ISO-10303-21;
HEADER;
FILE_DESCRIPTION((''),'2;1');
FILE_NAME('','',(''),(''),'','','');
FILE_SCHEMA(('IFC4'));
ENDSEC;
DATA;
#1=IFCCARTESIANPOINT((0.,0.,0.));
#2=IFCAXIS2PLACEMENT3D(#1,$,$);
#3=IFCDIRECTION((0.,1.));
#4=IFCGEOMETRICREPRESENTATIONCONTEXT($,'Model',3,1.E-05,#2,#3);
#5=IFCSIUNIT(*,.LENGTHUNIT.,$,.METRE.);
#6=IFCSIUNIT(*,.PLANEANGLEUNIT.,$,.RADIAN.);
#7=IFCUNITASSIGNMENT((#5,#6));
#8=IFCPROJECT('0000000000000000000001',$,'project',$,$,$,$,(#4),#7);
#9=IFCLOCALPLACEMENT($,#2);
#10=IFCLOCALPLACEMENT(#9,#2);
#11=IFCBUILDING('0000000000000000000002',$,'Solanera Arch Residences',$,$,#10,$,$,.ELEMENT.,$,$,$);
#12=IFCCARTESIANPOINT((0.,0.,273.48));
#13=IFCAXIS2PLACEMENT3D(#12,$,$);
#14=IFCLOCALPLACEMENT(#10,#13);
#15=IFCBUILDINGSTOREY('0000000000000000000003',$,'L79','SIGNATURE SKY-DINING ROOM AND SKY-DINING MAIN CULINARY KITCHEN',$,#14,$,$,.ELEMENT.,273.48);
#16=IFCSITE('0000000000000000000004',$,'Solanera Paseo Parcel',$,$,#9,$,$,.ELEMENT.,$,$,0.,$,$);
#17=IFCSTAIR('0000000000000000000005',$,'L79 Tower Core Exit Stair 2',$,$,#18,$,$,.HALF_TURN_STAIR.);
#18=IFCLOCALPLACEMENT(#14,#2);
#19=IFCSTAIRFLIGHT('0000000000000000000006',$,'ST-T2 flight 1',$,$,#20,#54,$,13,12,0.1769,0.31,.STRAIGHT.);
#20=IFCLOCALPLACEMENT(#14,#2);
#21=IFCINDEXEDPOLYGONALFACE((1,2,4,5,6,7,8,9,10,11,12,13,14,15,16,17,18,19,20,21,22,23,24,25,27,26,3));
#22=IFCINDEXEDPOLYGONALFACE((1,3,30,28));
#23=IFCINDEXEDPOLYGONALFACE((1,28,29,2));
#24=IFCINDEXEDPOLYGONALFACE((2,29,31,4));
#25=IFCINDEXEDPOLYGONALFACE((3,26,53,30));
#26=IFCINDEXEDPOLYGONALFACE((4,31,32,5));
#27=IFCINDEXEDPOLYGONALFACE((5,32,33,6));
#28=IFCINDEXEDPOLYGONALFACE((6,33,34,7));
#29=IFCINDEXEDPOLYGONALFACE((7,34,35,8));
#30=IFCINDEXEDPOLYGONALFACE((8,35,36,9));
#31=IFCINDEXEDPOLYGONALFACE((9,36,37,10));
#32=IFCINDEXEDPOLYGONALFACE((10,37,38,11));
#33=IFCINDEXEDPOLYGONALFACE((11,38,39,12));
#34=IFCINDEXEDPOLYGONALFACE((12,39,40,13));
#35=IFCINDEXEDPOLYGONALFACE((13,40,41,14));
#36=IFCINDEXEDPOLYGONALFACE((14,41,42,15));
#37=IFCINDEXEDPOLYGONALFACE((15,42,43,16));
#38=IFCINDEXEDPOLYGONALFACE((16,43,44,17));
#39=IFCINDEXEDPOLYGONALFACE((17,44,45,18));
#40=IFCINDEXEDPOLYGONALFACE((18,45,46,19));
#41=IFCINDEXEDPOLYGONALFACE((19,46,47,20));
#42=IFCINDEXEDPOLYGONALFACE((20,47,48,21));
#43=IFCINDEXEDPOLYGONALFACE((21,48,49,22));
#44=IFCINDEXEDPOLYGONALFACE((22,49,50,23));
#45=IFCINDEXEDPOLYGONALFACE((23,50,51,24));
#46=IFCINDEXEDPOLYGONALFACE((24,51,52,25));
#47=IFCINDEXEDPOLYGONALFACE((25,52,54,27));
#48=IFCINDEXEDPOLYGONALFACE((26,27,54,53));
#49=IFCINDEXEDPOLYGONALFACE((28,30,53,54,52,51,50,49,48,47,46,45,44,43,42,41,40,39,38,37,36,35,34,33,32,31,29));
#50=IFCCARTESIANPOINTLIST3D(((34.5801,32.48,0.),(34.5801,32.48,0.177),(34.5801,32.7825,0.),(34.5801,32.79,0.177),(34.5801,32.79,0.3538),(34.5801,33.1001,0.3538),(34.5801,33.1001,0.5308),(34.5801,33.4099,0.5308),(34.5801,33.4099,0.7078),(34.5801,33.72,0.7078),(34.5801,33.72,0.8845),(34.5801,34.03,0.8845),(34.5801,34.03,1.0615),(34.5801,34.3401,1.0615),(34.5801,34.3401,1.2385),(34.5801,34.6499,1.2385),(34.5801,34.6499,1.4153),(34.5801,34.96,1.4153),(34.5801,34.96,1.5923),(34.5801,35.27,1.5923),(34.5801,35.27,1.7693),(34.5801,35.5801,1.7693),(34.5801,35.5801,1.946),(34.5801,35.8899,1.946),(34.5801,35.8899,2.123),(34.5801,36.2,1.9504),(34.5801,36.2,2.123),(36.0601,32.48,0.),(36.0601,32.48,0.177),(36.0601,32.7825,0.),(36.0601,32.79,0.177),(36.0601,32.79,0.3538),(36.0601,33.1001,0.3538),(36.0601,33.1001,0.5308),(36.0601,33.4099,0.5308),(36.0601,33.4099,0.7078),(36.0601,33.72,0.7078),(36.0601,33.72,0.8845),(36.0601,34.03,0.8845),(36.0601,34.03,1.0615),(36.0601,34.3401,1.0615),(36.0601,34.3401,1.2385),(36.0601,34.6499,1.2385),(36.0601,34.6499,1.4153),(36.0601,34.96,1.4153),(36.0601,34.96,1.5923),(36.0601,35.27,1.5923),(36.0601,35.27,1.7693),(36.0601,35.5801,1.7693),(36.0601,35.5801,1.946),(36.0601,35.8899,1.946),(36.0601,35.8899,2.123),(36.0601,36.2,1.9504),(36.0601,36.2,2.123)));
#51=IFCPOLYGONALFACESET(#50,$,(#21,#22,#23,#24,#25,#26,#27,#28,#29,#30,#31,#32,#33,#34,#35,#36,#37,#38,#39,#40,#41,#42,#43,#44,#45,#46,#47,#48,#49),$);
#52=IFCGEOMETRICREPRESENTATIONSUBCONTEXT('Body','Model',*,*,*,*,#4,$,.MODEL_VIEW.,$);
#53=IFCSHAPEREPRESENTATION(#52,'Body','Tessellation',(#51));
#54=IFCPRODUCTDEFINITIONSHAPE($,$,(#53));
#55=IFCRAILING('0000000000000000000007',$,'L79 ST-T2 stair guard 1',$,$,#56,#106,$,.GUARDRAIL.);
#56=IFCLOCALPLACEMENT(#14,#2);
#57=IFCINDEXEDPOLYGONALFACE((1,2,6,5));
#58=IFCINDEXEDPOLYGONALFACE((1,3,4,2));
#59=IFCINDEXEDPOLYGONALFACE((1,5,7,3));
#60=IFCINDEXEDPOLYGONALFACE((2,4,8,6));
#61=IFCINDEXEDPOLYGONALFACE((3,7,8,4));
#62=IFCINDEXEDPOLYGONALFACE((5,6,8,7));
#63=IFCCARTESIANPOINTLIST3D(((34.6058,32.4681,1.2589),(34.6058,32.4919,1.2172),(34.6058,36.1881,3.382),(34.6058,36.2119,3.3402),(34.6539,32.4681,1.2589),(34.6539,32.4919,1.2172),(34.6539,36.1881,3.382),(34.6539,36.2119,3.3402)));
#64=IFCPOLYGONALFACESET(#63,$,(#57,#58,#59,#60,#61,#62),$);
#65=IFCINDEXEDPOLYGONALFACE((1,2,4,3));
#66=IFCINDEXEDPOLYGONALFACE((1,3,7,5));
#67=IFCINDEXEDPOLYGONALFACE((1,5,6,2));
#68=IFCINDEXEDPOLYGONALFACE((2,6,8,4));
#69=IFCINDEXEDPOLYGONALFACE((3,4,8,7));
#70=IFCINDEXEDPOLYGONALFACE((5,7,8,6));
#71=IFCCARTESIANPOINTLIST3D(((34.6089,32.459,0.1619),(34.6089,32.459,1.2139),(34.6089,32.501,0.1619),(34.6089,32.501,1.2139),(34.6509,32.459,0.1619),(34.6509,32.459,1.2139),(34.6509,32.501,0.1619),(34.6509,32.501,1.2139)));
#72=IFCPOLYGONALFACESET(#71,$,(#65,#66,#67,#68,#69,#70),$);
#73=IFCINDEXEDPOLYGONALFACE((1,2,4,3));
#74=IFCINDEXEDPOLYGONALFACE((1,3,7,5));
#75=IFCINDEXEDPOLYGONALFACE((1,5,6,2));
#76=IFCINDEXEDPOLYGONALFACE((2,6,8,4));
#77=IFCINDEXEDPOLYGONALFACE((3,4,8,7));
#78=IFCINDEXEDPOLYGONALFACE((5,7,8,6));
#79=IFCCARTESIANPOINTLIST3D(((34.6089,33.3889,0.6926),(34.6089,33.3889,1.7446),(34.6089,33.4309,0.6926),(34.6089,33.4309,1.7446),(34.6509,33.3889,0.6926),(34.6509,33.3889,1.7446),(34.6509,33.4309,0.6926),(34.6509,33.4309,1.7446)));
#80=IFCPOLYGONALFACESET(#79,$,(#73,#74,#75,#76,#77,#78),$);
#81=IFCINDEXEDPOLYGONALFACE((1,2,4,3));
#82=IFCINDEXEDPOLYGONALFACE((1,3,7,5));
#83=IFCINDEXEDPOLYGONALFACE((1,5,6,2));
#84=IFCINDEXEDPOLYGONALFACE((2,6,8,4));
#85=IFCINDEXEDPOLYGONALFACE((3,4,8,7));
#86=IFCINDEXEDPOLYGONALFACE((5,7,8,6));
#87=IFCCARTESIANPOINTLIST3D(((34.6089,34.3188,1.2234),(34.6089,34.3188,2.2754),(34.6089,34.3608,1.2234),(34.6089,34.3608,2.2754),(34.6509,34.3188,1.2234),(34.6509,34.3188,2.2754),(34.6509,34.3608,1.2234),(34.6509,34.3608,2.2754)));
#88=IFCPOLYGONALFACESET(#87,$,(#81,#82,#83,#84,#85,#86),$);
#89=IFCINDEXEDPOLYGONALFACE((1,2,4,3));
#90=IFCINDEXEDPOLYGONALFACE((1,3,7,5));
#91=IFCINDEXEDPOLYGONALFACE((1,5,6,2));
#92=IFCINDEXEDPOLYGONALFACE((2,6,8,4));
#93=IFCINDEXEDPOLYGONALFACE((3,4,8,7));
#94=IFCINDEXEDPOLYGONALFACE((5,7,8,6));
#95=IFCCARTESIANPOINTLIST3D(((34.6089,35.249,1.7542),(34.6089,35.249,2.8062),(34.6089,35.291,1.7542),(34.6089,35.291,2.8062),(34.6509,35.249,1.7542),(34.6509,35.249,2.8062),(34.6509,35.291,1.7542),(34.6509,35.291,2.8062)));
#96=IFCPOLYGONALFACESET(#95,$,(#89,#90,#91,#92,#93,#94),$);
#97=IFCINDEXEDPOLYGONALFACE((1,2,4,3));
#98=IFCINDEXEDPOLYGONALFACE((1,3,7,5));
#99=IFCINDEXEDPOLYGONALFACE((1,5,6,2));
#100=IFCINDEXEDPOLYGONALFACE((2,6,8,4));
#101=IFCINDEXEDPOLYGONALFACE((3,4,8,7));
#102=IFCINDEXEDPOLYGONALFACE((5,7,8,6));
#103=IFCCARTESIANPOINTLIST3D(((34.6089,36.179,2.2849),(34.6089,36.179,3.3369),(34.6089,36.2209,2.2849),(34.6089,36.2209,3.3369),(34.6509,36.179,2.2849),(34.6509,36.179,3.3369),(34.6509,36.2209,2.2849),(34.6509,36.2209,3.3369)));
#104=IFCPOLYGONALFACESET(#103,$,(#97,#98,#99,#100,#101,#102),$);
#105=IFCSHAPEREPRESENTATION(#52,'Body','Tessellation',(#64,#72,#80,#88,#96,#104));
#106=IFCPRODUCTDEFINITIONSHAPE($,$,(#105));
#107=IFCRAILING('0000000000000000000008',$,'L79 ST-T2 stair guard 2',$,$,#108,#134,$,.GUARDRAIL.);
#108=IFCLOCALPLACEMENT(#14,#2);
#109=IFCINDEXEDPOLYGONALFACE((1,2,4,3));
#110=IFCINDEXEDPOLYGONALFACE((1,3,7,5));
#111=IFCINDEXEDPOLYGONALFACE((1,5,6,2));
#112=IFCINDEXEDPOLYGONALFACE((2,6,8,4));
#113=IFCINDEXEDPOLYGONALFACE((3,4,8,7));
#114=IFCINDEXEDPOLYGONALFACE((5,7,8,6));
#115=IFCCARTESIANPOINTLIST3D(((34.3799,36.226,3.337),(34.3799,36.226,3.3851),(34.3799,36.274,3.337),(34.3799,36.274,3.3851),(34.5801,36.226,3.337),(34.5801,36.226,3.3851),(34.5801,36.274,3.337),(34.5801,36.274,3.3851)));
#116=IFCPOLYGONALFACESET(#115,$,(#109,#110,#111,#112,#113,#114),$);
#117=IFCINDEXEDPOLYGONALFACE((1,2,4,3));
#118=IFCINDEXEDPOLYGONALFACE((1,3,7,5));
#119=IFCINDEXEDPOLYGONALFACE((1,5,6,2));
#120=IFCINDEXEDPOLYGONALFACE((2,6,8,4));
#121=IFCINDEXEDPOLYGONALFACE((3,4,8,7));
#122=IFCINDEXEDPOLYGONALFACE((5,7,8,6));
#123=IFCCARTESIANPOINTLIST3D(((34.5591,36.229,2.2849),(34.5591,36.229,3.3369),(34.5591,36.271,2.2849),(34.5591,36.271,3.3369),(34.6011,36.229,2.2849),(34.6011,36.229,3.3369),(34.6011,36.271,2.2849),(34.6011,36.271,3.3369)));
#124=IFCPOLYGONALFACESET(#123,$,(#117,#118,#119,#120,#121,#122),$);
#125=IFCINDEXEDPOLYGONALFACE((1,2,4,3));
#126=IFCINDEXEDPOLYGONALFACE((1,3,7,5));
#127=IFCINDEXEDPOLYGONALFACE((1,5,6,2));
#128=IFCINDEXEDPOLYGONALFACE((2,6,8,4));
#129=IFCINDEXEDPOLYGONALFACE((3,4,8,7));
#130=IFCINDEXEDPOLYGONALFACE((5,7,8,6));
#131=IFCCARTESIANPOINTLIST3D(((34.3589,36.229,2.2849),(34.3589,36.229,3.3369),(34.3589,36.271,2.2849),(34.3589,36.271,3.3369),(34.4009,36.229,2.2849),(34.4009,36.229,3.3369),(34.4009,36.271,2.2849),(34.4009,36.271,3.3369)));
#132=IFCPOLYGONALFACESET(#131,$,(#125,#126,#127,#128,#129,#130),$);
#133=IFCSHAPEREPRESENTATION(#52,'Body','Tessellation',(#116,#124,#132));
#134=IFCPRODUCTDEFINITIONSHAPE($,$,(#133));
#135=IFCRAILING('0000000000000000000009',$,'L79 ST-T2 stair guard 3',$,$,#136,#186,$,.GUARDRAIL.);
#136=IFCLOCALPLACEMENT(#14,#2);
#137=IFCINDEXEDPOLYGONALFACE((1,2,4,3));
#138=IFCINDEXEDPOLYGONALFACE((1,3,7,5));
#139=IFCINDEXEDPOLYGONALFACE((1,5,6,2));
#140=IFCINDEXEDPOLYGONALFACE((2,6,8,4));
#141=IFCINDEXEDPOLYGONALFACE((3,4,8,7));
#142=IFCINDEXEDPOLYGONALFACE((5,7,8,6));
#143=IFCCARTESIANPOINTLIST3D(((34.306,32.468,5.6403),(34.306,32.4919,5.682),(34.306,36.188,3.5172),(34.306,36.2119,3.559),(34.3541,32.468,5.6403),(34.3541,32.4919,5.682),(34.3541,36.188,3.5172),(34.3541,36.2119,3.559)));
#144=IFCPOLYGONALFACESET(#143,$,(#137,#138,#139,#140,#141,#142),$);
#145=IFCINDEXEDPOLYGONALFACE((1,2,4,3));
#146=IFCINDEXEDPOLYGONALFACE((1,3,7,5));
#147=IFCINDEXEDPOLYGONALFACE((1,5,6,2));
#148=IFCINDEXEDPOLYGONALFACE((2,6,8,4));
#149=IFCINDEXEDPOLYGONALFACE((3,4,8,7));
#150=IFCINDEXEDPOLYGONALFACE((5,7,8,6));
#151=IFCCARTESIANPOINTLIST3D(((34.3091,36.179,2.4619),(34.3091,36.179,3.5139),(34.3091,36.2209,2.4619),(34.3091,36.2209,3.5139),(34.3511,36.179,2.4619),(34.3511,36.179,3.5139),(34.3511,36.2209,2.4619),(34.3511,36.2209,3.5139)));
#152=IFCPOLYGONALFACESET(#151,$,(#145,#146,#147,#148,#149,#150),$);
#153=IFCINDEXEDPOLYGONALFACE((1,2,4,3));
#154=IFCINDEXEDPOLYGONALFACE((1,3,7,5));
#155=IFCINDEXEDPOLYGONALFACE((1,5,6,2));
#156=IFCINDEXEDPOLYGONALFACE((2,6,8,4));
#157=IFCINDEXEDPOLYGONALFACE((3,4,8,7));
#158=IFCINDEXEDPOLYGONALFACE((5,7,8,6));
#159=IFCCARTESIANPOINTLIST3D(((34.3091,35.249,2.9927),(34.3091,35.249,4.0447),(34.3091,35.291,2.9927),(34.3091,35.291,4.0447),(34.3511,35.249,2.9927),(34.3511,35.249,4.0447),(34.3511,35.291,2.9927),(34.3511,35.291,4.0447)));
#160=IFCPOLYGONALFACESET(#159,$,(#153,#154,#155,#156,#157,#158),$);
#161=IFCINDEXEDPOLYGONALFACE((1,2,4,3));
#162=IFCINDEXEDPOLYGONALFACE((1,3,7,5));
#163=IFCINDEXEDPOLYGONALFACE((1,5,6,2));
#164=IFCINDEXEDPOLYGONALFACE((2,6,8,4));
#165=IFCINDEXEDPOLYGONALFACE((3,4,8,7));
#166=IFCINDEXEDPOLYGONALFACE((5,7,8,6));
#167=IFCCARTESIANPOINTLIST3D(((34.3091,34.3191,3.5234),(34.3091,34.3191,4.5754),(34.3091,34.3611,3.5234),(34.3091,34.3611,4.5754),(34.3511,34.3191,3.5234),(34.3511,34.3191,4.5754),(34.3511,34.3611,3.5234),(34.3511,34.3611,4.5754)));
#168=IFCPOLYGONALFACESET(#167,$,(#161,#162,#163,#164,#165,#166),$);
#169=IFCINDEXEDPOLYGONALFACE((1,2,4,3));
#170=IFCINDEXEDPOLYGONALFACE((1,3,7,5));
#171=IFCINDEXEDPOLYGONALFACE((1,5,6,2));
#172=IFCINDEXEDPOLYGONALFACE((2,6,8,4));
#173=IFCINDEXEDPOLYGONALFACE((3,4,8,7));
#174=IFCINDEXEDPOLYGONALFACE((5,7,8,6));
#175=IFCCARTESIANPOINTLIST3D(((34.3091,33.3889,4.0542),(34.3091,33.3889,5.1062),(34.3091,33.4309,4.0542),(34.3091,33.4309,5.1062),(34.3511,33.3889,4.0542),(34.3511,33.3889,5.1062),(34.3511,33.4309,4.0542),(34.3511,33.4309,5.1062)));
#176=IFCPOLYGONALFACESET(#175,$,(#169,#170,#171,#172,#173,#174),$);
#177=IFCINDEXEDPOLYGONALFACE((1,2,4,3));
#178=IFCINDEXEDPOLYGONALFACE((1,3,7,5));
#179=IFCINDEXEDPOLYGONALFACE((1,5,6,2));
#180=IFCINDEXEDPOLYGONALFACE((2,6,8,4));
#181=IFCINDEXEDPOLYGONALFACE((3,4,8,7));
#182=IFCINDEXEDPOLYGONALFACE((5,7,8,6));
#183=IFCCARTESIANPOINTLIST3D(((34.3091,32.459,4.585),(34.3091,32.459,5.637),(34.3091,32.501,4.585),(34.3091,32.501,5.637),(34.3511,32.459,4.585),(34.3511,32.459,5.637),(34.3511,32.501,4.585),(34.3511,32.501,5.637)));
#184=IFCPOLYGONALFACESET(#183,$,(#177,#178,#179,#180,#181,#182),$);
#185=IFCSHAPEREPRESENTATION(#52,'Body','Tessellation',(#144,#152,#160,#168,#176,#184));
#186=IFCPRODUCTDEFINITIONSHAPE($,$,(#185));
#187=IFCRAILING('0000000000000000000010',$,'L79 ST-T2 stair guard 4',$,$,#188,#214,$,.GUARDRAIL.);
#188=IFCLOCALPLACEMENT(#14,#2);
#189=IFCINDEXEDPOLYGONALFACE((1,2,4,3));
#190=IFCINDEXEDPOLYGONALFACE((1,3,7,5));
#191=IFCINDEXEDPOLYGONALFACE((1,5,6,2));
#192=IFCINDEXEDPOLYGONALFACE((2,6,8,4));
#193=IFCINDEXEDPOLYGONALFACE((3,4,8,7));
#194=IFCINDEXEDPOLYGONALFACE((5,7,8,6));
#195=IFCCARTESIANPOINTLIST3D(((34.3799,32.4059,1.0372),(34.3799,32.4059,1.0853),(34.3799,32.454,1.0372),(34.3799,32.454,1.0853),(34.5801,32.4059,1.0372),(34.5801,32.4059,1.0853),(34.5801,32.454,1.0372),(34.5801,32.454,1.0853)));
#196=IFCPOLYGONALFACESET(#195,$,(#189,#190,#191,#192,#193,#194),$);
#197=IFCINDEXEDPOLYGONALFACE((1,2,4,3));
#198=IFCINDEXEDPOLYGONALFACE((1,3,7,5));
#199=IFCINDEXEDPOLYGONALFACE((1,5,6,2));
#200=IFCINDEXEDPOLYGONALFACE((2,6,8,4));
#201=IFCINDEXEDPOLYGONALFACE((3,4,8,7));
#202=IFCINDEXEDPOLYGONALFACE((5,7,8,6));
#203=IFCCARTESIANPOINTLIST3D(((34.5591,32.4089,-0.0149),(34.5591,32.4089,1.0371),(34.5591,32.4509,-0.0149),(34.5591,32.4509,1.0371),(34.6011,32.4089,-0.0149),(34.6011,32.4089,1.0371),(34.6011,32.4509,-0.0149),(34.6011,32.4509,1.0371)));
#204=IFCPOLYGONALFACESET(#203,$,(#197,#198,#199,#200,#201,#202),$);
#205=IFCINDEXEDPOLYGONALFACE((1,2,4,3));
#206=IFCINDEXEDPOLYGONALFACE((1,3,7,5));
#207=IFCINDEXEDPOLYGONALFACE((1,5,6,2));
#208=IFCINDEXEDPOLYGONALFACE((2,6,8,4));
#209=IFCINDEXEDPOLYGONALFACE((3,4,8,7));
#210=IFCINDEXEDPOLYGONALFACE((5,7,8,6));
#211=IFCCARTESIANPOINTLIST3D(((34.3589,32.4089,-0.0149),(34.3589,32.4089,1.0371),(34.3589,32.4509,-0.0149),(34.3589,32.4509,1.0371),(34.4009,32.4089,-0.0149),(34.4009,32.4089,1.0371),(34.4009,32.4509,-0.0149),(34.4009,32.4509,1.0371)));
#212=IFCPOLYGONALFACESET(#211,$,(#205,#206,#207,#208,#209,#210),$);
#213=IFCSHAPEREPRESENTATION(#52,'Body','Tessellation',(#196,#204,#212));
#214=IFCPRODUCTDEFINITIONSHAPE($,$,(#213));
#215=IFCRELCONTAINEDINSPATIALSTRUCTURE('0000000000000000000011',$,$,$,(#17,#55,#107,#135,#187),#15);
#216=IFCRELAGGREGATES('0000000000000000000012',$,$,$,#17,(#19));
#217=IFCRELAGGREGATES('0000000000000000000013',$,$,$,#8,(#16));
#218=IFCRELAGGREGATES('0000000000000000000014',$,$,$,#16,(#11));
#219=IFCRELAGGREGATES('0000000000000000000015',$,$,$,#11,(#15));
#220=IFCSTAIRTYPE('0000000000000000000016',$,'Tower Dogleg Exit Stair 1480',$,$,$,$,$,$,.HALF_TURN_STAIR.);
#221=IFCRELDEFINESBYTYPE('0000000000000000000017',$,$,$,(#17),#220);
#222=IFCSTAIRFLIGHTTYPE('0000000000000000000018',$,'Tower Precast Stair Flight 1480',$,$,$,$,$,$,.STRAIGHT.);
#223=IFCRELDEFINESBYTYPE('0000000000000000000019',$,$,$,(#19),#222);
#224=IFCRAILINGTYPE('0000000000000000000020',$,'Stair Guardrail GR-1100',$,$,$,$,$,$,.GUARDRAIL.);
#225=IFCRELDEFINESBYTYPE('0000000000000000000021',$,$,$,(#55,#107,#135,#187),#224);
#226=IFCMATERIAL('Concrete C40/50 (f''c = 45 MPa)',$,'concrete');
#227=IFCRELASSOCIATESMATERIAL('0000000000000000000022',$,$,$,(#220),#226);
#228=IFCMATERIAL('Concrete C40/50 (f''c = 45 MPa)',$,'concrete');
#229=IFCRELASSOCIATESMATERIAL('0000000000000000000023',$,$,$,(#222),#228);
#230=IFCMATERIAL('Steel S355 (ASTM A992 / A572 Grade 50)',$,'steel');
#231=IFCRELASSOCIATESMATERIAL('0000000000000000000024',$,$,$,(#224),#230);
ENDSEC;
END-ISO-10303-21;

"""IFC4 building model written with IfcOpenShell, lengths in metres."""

from ifc_helpers import new_model, si_unit, direction, frame, origin, origin_2d, place, context, subcontext, project, spatial, polyline, rectangle, outline, extrude, material, type_object, element, aggregate, save


model = new_model("IFC4")

# Units and contexts
model_context = context("Model", 3, precision=1e-05, world=origin(), true_north=direction((0.0, 1.0)))
body_context = subcontext(model_context, "Body", "Model", "MODEL_VIEW")
ifc_project = project(units=[si_unit("LENGTHUNIT", "METRE"), si_unit("PLANEANGLEUNIT", "RADIAN")], contexts=[model_context])

# Site, building, storey
site_placement = place(None, origin())
site = spatial("IfcSite", under=ifc_project, at=site_placement, Name="Solanera Paseo Parcel", CompositionType="ELEMENT", RefElevation=0.0)
building_placement = place(site_placement, origin())
building = spatial("IfcBuilding", under=site, at=building_placement, Name="Solanera Arch Residences", CompositionType="ELEMENT")
storey_placement = place(building_placement, frame((0.0, 0.0, 273.48)))
storey = spatial("IfcBuildingStorey", under=building, at=storey_placement, Name="L79", Description="SIGNATURE SKY-DINING ROOM AND SKY-DINING MAIN CULINARY KITCHEN", CompositionType="ELEMENT", Elevation=273.48)

# Stair, stair flight
ifc_material_1 = material(Name="Concrete C40/50 (f'c = 45 MPa)", Category="concrete")
stair_type = type_object("IfcStairType", Name="Tower Dogleg Exit Stair 1480", PredefinedType="HALF_TURN_STAIR", material=ifc_material_1)
stair_placement = place(storey_placement, origin())
stair = element("IfcStair", 1, at=stair_placement, inside=storey, type_object=stair_type, Name="L79 Tower Core Exit Stair 2", PredefinedType="HALF_TURN_STAIR")
ifc_material_2 = material(Name="Concrete C40/50 (f'c = 45 MPa)", Category="concrete")
stair_flight_type = type_object("IfcStairFlightType", Name="Tower Precast Stair Flight 1480", PredefinedType="STRAIGHT", material=ifc_material_2)
stair_flight_placement = place(storey_placement, frame((35.3201, 32.48, 0.0), z_axis=(0.0, 0.0, 1.0), x_axis=(0.0, 1.0, 0.0)))
stair_flight = element("IfcStairFlight", 2, at=stair_flight_placement, type_object=stair_flight_type, Name="ST-T2 flight 1", NumberOfRisers=13, NumberOfTreads=12, PredefinedType="STRAIGHT", RiserHeight=0.1769, TreadLength=0.31, context=body_context, shape_type="SweptSolid", body=[
    extrude(outline(polyline([(0.0, 0.0), (0.0, 0.177), (0.3101, 0.177), (0.3101, 0.3538), (0.6201, 0.3538), (0.6201, 0.5308), (0.9299, 0.5308), (0.9299, 0.7078), (1.24, 0.7078), (1.24, 0.8845), (1.55, 0.8845), (1.55, 1.0615), (1.8601, 1.0615), (1.8601, 1.2385), (2.1699, 1.2385), (2.1699, 1.4153), (2.48, 1.4153), (2.48, 1.5923), (2.79, 1.5923), (2.79, 1.7693), (3.1001, 1.7693), (3.1001, 1.946), (3.4099, 1.946), (3.4099, 2.123), (3.72, 2.123), (3.72, 2.3), (3.72, 1.9504), (0.3025, 0.0), (0.0, 0.0)])), frame((0.0, 0.74, 0.0), z_axis=(0.0, -1.0, 0.0), x_axis=(1.0, 0.0, 0.0)), (0.0, 0.0, 1.0), 1.48),
])
aggregate(stair, [stair_flight])

# Railings
ifc_material_3 = material(Name="Steel S355 (ASTM A992 / A572 Grade 50)", Category="steel")
railing_type_1 = type_object("IfcRailingType", Name="Stair Guardrail GR-1100", PredefinedType="GUARDRAIL", material=ifc_material_3)
railing_1_placement = place(storey_placement, frame((34.6299, 32.48, 0.1619)))
element("IfcRailing", 3, at=railing_1_placement, inside=storey, type_object=railing_type_1, Name="L79 ST-T2 stair guard 1", PredefinedType="GUARDRAIL", context=body_context, shape_type="SweptSolid", body=[
    extrude(rectangle(XDim=0.0481, YDim=0.0481, at=origin_2d()), frame((0.0, 0.0, 1.0762), z_axis=(0.0, 0.86851, 0.495672), x_axis=(-1.0, 0.0, 0.0)), (0.0, 0.0, 1.0), 4.2832),
    extrude(rectangle(XDim=0.042, YDim=0.042, at=origin_2d()), origin(), (0.0, 0.0, 1.0), 1.052),
    extrude(rectangle(XDim=0.042, YDim=0.042, at=origin_2d()), frame((0.0, 0.9299, 0.5308)), (0.0, 0.0, 1.0), 1.052),
    extrude(rectangle(XDim=0.042, YDim=0.042, at=origin_2d()), frame((0.0, 1.8599, 1.0615)), (0.0, 0.0, 1.0), 1.052),
    extrude(rectangle(XDim=0.042, YDim=0.042, at=origin_2d()), frame((0.0, 2.79, 1.5923)), (0.0, 0.0, 1.0), 1.052),
    extrude(rectangle(XDim=0.042, YDim=0.042, at=origin_2d()), frame((0.0, 3.72, 2.123)), (0.0, 0.0, 1.0), 1.052),
])
railing_2_placement = place(storey_placement, frame((34.5801, 36.25, 2.2849)))
element("IfcRailing", 4, at=railing_2_placement, inside=storey, type_object=railing_type_1, Name="L79 ST-T2 stair guard 2", PredefinedType="GUARDRAIL", context=body_context, shape_type="SweptSolid", body=[
    extrude(rectangle(XDim=0.0481, YDim=0.0481, at=origin_2d()), frame((0.0, 0.0, 1.0762), z_axis=(-1.0, 0.0, 0.0), x_axis=(0.0, -1.0, 0.0)), (0.0, 0.0, 1.0), 0.2002),
    extrude(rectangle(XDim=0.042, YDim=0.042, at=origin_2d()), origin(), (0.0, 0.0, 1.0), 1.052),
    extrude(rectangle(XDim=0.042, YDim=0.042, at=origin_2d()), frame((-0.2002, 0.0, 0.0)), (0.0, 0.0, 1.0), 1.052),
])
railing_3_placement = place(storey_placement, frame((34.3301, 36.2, 2.4619)))
element("IfcRailing", 5, at=railing_3_placement, inside=storey, type_object=railing_type_1, Name="L79 ST-T2 stair guard 3", PredefinedType="GUARDRAIL", context=body_context, shape_type="SweptSolid", body=[
    extrude(rectangle(XDim=0.0481, YDim=0.0481, at=origin_2d()), frame((0.0, 0.0, 1.0762), z_axis=(0.0, -0.86851, 0.495672), x_axis=(1.0, 0.0, 0.0)), (0.0, 0.0, 1.0), 4.2832),
    extrude(rectangle(XDim=0.042, YDim=0.042, at=origin_2d()), origin(), (0.0, 0.0, 1.0), 1.052),
    extrude(rectangle(XDim=0.042, YDim=0.042, at=origin_2d()), frame((0.0, -0.9299, 0.5308)), (0.0, 0.0, 1.0), 1.052),
    extrude(rectangle(XDim=0.042, YDim=0.042, at=origin_2d()), frame((0.0, -1.8599, 1.0615)), (0.0, 0.0, 1.0), 1.052),
    extrude(rectangle(XDim=0.042, YDim=0.042, at=origin_2d()), frame((0.0, -2.79, 1.5923)), (0.0, 0.0, 1.0), 1.052),
    extrude(rectangle(XDim=0.042, YDim=0.042, at=origin_2d()), frame((0.0, -3.72, 2.123)), (0.0, 0.0, 1.0), 1.052),
])
railing_4_placement = place(storey_placement, frame((34.5801, 32.4299, -0.0149)))
element("IfcRailing", 6, at=railing_4_placement, inside=storey, type_object=railing_type_1, Name="L79 ST-T2 stair guard 4", PredefinedType="GUARDRAIL", context=body_context, shape_type="SweptSolid", body=[
    extrude(rectangle(XDim=0.0481, YDim=0.0481, at=origin_2d()), frame((0.0, 0.0, 1.0762), z_axis=(-1.0, 0.0, 0.0), x_axis=(0.0, -1.0, 0.0)), (0.0, 0.0, 1.0), 0.2002),
    extrude(rectangle(XDim=0.042, YDim=0.042, at=origin_2d()), origin(), (0.0, 0.0, 1.0), 1.052),
    extrude(rectangle(XDim=0.042, YDim=0.042, at=origin_2d()), frame((-0.2002, 0.0, 0.0)), (0.0, 0.0, 1.0), 1.052),
])

save(model, "model.ifc")
